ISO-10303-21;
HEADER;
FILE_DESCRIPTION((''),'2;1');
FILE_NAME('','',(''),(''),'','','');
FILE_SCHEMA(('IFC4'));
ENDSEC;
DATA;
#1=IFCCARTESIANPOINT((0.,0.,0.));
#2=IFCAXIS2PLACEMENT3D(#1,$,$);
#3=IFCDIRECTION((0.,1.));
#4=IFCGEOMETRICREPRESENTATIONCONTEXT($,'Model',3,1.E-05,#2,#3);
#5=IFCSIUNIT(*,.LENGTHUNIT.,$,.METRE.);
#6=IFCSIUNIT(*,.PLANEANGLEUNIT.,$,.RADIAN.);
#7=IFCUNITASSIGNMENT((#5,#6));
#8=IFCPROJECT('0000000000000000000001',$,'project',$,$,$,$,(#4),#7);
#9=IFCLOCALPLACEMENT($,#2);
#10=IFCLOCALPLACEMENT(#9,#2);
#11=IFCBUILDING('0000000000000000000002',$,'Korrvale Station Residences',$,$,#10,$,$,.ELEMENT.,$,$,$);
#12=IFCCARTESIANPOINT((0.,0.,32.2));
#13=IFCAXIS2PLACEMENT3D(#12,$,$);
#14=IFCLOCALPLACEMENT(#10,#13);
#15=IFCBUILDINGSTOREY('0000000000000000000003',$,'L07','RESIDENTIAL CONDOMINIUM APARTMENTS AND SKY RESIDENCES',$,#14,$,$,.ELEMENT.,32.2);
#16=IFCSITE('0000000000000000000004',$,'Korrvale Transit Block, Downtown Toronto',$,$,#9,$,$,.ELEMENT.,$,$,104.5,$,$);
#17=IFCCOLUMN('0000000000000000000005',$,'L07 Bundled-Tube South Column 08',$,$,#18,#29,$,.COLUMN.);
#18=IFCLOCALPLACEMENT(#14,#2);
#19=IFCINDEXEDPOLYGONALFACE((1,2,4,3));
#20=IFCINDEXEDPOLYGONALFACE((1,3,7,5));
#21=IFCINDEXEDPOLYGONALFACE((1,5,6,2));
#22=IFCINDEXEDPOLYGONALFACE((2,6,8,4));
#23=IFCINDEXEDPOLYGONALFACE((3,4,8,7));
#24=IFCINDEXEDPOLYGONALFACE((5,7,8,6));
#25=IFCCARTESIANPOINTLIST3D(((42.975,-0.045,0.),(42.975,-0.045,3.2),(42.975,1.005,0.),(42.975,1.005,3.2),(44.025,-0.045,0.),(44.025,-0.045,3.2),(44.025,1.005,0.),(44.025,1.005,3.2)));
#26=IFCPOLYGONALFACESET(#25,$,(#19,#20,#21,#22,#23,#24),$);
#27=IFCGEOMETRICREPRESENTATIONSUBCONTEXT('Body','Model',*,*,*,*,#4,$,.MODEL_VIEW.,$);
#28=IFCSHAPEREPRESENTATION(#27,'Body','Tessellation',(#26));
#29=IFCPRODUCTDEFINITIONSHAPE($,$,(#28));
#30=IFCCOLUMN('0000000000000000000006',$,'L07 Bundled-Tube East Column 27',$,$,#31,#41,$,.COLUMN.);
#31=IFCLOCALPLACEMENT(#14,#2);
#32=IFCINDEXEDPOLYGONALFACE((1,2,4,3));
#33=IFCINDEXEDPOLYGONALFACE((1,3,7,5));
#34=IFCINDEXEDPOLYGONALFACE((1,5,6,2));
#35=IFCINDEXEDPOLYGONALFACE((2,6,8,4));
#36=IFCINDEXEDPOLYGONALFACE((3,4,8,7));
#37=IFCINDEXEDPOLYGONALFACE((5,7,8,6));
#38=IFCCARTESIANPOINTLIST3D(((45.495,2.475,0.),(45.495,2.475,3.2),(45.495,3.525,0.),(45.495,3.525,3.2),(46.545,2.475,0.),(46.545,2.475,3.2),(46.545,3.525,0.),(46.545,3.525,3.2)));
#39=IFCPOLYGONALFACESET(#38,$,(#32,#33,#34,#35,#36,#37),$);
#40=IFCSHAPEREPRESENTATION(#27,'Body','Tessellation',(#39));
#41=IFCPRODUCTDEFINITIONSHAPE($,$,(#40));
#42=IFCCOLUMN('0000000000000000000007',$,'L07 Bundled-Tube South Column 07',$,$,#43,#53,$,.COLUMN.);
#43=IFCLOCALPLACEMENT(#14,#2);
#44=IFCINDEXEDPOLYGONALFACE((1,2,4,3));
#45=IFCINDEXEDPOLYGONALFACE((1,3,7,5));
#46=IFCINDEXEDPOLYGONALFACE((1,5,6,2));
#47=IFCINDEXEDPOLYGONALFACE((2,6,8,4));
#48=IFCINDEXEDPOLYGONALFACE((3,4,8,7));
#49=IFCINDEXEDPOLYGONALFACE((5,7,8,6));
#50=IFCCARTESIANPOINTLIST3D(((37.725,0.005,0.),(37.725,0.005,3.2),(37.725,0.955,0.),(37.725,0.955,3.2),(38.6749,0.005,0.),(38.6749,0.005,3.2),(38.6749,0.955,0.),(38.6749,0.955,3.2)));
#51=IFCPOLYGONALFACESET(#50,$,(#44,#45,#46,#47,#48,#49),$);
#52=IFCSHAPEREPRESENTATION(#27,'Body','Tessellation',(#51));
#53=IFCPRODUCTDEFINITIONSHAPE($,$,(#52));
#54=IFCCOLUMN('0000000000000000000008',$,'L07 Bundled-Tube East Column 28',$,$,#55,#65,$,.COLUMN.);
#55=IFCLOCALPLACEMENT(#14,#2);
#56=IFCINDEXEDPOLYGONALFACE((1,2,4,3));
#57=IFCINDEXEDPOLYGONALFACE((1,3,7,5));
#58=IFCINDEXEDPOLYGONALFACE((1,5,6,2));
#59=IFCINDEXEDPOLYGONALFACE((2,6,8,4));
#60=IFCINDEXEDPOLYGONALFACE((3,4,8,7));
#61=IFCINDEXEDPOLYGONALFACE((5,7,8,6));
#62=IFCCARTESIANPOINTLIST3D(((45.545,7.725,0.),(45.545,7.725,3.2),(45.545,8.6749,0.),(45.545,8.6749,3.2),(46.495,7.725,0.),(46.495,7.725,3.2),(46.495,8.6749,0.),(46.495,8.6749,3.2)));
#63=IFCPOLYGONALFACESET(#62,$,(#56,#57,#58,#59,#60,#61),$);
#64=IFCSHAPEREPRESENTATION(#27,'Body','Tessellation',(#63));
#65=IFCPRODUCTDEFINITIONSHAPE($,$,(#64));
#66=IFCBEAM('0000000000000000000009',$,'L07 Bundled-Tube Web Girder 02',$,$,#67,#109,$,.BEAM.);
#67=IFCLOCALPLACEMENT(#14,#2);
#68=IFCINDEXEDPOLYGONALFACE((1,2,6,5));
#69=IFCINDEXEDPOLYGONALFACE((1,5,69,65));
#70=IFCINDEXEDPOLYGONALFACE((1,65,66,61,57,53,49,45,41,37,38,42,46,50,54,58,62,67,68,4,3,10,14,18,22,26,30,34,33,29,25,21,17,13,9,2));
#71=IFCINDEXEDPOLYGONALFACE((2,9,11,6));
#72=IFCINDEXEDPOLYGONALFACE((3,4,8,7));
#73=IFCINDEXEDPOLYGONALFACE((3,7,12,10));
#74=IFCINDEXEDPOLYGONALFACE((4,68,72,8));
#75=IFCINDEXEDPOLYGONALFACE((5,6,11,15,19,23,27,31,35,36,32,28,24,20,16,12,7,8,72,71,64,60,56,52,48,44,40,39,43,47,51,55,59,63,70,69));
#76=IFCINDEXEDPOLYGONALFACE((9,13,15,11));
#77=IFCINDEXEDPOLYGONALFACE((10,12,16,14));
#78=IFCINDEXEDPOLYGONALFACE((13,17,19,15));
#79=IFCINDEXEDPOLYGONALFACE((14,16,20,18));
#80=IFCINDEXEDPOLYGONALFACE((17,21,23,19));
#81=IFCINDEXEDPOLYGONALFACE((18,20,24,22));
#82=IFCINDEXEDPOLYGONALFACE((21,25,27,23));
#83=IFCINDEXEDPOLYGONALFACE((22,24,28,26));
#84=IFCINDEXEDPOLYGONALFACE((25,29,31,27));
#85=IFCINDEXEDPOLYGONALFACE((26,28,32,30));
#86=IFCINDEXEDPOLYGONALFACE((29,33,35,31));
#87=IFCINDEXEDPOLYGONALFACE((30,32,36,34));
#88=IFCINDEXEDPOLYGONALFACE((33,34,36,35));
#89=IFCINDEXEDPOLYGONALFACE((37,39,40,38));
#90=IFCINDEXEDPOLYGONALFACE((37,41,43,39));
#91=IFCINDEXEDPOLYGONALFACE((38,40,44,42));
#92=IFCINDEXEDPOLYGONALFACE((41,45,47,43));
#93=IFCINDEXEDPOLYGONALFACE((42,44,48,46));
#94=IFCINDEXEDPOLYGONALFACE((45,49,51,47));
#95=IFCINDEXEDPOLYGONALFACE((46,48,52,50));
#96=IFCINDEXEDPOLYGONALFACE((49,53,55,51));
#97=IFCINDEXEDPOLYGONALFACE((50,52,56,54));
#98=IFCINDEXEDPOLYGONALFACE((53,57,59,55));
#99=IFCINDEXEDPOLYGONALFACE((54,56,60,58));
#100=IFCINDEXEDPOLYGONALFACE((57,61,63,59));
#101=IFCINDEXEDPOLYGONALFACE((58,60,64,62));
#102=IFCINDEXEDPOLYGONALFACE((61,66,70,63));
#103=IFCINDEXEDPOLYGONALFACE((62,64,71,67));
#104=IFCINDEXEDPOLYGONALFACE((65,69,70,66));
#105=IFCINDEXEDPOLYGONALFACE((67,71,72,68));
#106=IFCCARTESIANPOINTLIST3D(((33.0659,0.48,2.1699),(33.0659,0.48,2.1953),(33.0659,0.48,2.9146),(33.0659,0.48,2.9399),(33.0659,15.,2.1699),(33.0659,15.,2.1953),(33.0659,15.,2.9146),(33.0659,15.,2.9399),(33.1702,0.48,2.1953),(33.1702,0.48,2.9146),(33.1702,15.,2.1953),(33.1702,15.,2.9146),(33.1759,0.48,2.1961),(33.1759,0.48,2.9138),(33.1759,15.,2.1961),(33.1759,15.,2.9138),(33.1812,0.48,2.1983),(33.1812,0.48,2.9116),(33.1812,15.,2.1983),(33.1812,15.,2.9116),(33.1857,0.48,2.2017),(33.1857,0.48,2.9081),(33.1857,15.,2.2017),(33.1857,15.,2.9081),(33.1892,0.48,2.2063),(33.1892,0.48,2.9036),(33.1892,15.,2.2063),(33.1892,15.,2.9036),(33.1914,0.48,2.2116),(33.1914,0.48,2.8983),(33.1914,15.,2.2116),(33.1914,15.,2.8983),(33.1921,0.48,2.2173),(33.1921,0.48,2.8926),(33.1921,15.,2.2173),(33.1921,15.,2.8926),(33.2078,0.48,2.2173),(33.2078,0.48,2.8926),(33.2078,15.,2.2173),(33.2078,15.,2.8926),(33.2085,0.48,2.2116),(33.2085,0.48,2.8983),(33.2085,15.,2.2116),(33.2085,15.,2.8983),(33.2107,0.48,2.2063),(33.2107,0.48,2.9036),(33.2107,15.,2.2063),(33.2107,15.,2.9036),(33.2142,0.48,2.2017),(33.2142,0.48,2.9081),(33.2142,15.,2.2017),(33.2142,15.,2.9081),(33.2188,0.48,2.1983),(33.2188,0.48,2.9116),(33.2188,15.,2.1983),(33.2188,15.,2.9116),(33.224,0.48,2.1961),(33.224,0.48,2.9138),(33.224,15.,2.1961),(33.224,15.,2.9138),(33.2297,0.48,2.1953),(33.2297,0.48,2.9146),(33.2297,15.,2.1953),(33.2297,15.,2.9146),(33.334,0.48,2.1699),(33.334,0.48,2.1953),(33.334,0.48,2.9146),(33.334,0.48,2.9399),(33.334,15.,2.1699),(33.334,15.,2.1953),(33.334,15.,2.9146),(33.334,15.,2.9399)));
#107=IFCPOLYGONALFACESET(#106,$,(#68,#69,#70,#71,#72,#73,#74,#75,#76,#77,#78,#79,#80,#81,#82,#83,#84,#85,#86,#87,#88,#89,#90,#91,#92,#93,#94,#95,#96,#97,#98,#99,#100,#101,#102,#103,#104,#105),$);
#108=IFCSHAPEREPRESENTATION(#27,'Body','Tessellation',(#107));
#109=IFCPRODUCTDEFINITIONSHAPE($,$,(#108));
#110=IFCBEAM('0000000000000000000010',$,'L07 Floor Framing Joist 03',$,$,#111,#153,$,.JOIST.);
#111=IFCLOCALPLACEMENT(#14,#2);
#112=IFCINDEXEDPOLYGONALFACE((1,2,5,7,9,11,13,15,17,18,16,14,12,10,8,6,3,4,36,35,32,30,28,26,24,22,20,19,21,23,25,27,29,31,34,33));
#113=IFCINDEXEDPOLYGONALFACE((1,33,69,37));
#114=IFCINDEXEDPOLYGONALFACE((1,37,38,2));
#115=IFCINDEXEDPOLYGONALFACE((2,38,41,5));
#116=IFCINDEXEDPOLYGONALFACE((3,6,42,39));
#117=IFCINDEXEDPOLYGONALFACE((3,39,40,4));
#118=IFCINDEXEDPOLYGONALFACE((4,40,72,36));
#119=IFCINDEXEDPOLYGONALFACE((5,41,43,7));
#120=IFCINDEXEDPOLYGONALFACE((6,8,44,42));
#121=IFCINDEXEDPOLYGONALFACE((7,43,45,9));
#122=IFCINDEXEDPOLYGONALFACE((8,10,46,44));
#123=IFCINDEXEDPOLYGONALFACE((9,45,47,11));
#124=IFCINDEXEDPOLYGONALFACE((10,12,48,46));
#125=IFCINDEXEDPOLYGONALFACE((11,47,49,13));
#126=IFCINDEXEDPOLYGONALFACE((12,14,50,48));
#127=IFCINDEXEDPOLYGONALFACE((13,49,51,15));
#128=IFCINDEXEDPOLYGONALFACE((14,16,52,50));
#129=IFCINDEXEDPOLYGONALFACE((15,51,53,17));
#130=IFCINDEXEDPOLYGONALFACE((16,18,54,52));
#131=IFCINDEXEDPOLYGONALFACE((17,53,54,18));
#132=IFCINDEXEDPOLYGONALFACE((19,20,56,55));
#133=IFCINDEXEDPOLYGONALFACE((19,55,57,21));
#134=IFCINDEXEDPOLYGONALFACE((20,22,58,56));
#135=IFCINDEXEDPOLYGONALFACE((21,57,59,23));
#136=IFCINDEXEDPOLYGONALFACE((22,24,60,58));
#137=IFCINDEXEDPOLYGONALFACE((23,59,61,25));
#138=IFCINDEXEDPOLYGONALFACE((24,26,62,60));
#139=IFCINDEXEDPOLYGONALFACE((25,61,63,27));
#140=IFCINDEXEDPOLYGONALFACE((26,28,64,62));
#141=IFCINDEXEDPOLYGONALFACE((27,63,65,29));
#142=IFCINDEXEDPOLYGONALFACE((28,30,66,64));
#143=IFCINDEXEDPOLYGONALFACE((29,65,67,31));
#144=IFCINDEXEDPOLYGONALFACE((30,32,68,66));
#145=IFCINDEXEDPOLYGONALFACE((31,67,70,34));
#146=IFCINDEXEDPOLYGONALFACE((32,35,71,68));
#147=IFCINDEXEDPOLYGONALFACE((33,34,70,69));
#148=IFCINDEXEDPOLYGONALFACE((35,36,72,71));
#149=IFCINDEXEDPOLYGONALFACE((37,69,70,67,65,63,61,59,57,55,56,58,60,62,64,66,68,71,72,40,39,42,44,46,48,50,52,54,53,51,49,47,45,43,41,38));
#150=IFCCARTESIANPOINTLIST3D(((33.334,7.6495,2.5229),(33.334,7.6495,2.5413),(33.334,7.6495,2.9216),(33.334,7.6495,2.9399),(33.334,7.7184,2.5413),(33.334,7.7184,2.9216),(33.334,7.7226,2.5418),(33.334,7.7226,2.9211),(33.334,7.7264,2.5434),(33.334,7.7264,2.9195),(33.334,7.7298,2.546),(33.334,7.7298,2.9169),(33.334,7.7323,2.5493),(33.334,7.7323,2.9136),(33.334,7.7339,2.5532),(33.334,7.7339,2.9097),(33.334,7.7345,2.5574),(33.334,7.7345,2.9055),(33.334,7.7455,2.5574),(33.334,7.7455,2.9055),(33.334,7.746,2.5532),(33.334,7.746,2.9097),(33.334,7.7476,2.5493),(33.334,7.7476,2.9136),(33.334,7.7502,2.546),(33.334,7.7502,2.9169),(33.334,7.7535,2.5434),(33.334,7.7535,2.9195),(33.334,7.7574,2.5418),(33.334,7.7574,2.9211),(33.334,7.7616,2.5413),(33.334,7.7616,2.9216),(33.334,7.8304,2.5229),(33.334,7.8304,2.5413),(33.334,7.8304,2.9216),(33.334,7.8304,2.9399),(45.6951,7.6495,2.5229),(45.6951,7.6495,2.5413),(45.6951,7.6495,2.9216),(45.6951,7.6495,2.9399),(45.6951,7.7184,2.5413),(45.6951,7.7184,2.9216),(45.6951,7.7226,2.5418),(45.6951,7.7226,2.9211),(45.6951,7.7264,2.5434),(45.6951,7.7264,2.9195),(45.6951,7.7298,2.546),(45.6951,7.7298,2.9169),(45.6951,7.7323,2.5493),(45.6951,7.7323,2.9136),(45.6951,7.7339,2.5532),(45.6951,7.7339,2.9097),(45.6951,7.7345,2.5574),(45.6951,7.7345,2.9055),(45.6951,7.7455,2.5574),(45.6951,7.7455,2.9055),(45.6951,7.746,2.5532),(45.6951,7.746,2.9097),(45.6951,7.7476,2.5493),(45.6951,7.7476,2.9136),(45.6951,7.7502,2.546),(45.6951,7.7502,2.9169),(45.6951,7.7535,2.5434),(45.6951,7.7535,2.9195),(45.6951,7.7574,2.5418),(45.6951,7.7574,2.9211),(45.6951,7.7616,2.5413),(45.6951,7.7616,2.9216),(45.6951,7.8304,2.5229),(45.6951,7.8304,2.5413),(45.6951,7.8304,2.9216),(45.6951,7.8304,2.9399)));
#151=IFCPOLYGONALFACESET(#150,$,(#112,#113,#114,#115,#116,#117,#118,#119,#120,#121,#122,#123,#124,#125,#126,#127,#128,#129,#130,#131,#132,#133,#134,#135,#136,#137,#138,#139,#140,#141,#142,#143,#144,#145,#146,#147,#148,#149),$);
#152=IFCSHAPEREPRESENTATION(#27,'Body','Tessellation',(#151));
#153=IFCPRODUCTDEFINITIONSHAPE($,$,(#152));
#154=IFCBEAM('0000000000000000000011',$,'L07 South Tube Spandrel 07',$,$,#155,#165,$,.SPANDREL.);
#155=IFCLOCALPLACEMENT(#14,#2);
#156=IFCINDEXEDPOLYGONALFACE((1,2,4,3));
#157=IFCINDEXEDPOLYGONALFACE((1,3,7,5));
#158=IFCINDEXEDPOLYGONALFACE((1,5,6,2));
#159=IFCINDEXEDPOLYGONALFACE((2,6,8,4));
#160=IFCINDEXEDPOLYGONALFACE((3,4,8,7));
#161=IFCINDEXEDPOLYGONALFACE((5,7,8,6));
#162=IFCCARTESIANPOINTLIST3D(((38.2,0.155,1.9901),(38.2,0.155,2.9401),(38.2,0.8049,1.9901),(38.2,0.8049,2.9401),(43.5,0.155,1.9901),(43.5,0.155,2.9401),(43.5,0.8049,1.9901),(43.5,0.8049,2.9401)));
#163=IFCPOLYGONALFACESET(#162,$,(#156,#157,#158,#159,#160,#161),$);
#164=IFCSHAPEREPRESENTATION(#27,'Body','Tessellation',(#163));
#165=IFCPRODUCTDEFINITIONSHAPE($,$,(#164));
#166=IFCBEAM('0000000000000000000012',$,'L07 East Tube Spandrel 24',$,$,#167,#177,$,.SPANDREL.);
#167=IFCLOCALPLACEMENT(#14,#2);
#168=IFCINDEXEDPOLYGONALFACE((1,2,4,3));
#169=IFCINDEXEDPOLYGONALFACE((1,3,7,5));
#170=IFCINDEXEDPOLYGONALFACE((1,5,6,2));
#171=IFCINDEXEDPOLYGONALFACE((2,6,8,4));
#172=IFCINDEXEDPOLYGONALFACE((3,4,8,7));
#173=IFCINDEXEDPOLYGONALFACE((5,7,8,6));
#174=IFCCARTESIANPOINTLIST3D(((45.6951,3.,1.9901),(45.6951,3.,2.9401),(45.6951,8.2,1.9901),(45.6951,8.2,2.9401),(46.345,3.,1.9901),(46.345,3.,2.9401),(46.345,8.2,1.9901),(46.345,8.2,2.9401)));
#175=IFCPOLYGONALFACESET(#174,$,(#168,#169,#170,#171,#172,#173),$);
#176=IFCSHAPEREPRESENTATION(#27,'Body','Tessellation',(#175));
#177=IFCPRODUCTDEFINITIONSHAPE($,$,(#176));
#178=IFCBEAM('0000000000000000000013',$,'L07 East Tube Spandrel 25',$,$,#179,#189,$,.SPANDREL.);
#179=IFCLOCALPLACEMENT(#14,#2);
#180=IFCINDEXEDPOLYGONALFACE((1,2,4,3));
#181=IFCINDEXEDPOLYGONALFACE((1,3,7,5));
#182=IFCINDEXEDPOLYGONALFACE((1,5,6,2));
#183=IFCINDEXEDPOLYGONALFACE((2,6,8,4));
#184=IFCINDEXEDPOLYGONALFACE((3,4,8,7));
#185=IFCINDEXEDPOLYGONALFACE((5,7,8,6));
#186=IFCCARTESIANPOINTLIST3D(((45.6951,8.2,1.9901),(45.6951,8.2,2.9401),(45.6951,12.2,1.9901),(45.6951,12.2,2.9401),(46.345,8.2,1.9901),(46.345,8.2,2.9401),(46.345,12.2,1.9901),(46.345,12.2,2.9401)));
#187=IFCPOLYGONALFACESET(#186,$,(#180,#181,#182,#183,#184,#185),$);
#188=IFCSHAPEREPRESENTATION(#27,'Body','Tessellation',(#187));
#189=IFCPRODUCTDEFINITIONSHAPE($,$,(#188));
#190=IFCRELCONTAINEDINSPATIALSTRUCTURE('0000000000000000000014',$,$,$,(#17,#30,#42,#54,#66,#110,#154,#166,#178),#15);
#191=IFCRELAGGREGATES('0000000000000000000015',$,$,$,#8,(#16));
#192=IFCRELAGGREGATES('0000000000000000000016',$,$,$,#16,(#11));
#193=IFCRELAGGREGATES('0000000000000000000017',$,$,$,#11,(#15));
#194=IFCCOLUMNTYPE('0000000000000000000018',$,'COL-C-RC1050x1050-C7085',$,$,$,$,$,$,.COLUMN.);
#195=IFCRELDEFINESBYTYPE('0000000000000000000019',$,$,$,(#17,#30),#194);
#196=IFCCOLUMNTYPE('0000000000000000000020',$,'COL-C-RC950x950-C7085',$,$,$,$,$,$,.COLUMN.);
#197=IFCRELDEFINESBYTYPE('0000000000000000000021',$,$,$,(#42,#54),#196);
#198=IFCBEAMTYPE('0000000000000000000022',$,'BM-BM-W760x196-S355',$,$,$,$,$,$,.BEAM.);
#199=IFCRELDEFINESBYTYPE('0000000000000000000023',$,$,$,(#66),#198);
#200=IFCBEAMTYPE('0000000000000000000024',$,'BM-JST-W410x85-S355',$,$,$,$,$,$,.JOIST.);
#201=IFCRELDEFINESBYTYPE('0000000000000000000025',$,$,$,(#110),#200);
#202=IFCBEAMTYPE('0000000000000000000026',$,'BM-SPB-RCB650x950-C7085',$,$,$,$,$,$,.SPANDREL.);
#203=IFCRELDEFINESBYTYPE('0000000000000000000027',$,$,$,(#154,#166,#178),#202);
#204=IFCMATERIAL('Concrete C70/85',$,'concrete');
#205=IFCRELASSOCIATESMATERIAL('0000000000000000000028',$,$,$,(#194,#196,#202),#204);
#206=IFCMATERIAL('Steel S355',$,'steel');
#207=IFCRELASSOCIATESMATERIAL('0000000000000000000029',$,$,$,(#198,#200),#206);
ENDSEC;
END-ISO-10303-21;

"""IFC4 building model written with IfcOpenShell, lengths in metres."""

from ifc_helpers import new_model, si_unit, direction, frame, origin, origin_2d, place, context, subcontext, project, spatial, rectangle, i_section, extrude, material, material_profile, profile_set, type_object, element, save


model = new_model("IFC4")

# Units and contexts
model_context = context("Model", 3, precision=1e-05, world=origin(), true_north=direction((0.0, 1.0)))
body_context = subcontext(model_context, "Body", "Model", "MODEL_VIEW")
ifc_project = project(units=[si_unit("LENGTHUNIT", "METRE"), si_unit("PLANEANGLEUNIT", "RADIAN")], contexts=[model_context])

# Site, building, storey
site_placement = place(None, origin())
site = spatial("IfcSite", under=ifc_project, at=site_placement, Name="Korrvale Transit Block, Downtown Toronto", CompositionType="ELEMENT", RefElevation=104.5)
building_placement = place(site_placement, origin())
building = spatial("IfcBuilding", under=site, at=building_placement, Name="Korrvale Station Residences", CompositionType="ELEMENT")
storey_placement = place(building_placement, frame((0.0, 0.0, 32.2)))
storey = spatial("IfcBuildingStorey", under=building, at=storey_placement, Name="L07", Description="RESIDENTIAL CONDOMINIUM APARTMENTS AND SKY RESIDENCES", CompositionType="ELEMENT", Elevation=32.2)

# Columns
ifc_material_1 = material(Name="Concrete C70/85", Category="concrete")
ifc_material_profile_1 = material_profile(ifc_material_1, rectangle(XDim=1.05, YDim=1.05, at=origin_2d()), Name="RC1050x1050")
ifc_profile_set_1 = profile_set([ifc_material_profile_1], Name="Concrete C70/85")
column_type_1 = type_object("IfcColumnType", Name="COL-C-RC1050x1050-C7085", PredefinedType="COLUMN", material=ifc_profile_set_1)
for number, where, z_axis, x_axis, name in (
    (1, (43.5, 0.48, 0.0), (0.0, 0.0, 1.0), (1.0, 0.0, 0.0), "L07 Bundled-Tube South Column 08"),
    (2, (46.02, 3.0, 0.0), (0.0, 0.0, 1.0), (1.0, 0.0, 0.0), "L07 Bundled-Tube East Column 27"),
):
    element("IfcColumn", number, at=place(storey_placement, frame(where, z_axis=z_axis, x_axis=x_axis)), inside=storey, type_object=column_type_1, Name=name, PredefinedType="COLUMN", context=body_context, shape_type="SweptSolid", body=[
        extrude(rectangle(XDim=1.05, YDim=1.05, at=origin_2d()), origin(), (0.0, 0.0, 1.0), 3.2),
    ])
ifc_material_profile_2 = material_profile(ifc_material_1, rectangle(XDim=0.95, YDim=0.95, at=origin_2d()), Name="RC950x950")
ifc_profile_set_2 = profile_set([ifc_material_profile_2], Name="Concrete C70/85")
column_type_2 = type_object("IfcColumnType", Name="COL-C-RC950x950-C7085", PredefinedType="COLUMN", material=ifc_profile_set_2)
for number, where, z_axis, x_axis, name in (
    (3, (38.2, 0.48, 0.0), (0.0, 0.0, 1.0), (1.0, 0.0, 0.0), "L07 Bundled-Tube South Column 07"),
    (4, (46.02, 8.2, 0.0), (0.0, 0.0, 1.0), (1.0, 0.0, 0.0), "L07 Bundled-Tube East Column 28"),
):
    element("IfcColumn", number, at=place(storey_placement, frame(where, z_axis=z_axis, x_axis=x_axis)), inside=storey, type_object=column_type_2, Name=name, PredefinedType="COLUMN", context=body_context, shape_type="SweptSolid", body=[
        extrude(rectangle(XDim=0.95, YDim=0.95, at=origin_2d()), origin(), (0.0, 0.0, 1.0), 3.2),
    ])

# Beams
ifc_material_2 = material(Name="Steel S355", Category="steel")
ifc_material_profile_3 = material_profile(ifc_material_2, i_section(OverallWidth=0.2681, OverallDepth=0.77, WebThickness=0.0156, FlangeThickness=0.0254, FilletRadius=0.022, at=origin_2d()), Name="W760x196")
ifc_profile_set_3 = profile_set([ifc_material_profile_3], Name="Steel S355")
beam_type_1 = type_object("IfcBeamType", Name="BM-BM-W760x196-S355", PredefinedType="BEAM", material=ifc_profile_set_3)
beam_1_placement = place(storey_placement, frame((33.2, 0.48, 2.5549), z_axis=(0.0, 1.0, 0.0), x_axis=(-1.0, 0.0, 0.0)))
element("IfcBeam", 5, at=beam_1_placement, inside=storey, type_object=beam_type_1, Name="L07 Bundled-Tube Web Girder 02", PredefinedType="BEAM", context=body_context, shape_type="SweptSolid", body=[
    extrude(i_section(OverallWidth=0.2681, OverallDepth=0.77, WebThickness=0.0156, FlangeThickness=0.0254, FilletRadius=0.022, at=origin_2d()), origin(), (0.0, 0.0, 1.0), 14.52),
])
ifc_material_profile_4 = material_profile(ifc_material_2, i_section(OverallWidth=0.1809, OverallDepth=0.417, WebThickness=0.011, FlangeThickness=0.0183, FilletRadius=0.0161, at=origin_2d()), Name="W410x85")
ifc_profile_set_4 = profile_set([ifc_material_profile_4], Name="Steel S355")
beam_type_2 = type_object("IfcBeamType", Name="BM-JST-W410x85-S355", PredefinedType="JOIST", material=ifc_profile_set_4)
beam_2_placement = place(storey_placement, frame((33.334, 7.74, 2.7314), z_axis=(1.0, 0.0, 0.0), x_axis=(0.0, 1.0, 0.0)))
element("IfcBeam", 6, at=beam_2_placement, inside=storey, type_object=beam_type_2, Name="L07 Floor Framing Joist 03", PredefinedType="JOIST", context=body_context, shape_type="SweptSolid", body=[
    extrude(i_section(OverallWidth=0.1809, OverallDepth=0.417, WebThickness=0.011, FlangeThickness=0.0183, FilletRadius=0.0161, at=origin_2d()), origin(), (0.0, 0.0, 1.0), 12.3611),
])
ifc_material_profile_5 = material_profile(ifc_material_1, rectangle(XDim=0.6499, YDim=0.95, at=origin_2d()), Name="RCB650x950")
ifc_profile_set_5 = profile_set([ifc_material_profile_5], Name="Concrete C70/85")
beam_type_3 = type_object("IfcBeamType", Name="BM-SPB-RCB650x950-C7085", PredefinedType="SPANDREL", material=ifc_profile_set_5)
beam_3_placement = place(storey_placement, frame((38.2, 0.48, 2.4651), z_axis=(1.0, 0.0, 0.0), x_axis=(0.0, 1.0, 0.0)))
element("IfcBeam", 7, at=beam_3_placement, inside=storey, type_object=beam_type_3, Name="L07 South Tube Spandrel 07", PredefinedType="SPANDREL", context=body_context, shape_type="SweptSolid", body=[
    extrude(rectangle(XDim=0.6499, YDim=0.95, at=origin_2d()), origin(), (0.0, 0.0, 1.0), 5.3),
])
beam_4_placement = place(storey_placement, frame((46.02, 3.0, 2.4651), z_axis=(0.0, 1.0, 0.0), x_axis=(-1.0, 0.0, 0.0)))
element("IfcBeam", 8, at=beam_4_placement, inside=storey, type_object=beam_type_3, Name="L07 East Tube Spandrel 24", PredefinedType="SPANDREL", context=body_context, shape_type="SweptSolid", body=[
    extrude(rectangle(XDim=0.6499, YDim=0.95, at=origin_2d()), origin(), (0.0, 0.0, 1.0), 5.2),
])
beam_5_placement = place(storey_placement, frame((46.02, 8.2, 2.4651), z_axis=(0.0, 1.0, 0.0), x_axis=(-1.0, 0.0, 0.0)))
element("IfcBeam", 9, at=beam_5_placement, inside=storey, type_object=beam_type_3, Name="L07 East Tube Spandrel 25", PredefinedType="SPANDREL", context=body_context, shape_type="SweptSolid", body=[
    extrude(rectangle(XDim=0.6499, YDim=0.95, at=origin_2d()), origin(), (0.0, 0.0, 1.0), 4.0),
])

save(model, "model.ifc")
